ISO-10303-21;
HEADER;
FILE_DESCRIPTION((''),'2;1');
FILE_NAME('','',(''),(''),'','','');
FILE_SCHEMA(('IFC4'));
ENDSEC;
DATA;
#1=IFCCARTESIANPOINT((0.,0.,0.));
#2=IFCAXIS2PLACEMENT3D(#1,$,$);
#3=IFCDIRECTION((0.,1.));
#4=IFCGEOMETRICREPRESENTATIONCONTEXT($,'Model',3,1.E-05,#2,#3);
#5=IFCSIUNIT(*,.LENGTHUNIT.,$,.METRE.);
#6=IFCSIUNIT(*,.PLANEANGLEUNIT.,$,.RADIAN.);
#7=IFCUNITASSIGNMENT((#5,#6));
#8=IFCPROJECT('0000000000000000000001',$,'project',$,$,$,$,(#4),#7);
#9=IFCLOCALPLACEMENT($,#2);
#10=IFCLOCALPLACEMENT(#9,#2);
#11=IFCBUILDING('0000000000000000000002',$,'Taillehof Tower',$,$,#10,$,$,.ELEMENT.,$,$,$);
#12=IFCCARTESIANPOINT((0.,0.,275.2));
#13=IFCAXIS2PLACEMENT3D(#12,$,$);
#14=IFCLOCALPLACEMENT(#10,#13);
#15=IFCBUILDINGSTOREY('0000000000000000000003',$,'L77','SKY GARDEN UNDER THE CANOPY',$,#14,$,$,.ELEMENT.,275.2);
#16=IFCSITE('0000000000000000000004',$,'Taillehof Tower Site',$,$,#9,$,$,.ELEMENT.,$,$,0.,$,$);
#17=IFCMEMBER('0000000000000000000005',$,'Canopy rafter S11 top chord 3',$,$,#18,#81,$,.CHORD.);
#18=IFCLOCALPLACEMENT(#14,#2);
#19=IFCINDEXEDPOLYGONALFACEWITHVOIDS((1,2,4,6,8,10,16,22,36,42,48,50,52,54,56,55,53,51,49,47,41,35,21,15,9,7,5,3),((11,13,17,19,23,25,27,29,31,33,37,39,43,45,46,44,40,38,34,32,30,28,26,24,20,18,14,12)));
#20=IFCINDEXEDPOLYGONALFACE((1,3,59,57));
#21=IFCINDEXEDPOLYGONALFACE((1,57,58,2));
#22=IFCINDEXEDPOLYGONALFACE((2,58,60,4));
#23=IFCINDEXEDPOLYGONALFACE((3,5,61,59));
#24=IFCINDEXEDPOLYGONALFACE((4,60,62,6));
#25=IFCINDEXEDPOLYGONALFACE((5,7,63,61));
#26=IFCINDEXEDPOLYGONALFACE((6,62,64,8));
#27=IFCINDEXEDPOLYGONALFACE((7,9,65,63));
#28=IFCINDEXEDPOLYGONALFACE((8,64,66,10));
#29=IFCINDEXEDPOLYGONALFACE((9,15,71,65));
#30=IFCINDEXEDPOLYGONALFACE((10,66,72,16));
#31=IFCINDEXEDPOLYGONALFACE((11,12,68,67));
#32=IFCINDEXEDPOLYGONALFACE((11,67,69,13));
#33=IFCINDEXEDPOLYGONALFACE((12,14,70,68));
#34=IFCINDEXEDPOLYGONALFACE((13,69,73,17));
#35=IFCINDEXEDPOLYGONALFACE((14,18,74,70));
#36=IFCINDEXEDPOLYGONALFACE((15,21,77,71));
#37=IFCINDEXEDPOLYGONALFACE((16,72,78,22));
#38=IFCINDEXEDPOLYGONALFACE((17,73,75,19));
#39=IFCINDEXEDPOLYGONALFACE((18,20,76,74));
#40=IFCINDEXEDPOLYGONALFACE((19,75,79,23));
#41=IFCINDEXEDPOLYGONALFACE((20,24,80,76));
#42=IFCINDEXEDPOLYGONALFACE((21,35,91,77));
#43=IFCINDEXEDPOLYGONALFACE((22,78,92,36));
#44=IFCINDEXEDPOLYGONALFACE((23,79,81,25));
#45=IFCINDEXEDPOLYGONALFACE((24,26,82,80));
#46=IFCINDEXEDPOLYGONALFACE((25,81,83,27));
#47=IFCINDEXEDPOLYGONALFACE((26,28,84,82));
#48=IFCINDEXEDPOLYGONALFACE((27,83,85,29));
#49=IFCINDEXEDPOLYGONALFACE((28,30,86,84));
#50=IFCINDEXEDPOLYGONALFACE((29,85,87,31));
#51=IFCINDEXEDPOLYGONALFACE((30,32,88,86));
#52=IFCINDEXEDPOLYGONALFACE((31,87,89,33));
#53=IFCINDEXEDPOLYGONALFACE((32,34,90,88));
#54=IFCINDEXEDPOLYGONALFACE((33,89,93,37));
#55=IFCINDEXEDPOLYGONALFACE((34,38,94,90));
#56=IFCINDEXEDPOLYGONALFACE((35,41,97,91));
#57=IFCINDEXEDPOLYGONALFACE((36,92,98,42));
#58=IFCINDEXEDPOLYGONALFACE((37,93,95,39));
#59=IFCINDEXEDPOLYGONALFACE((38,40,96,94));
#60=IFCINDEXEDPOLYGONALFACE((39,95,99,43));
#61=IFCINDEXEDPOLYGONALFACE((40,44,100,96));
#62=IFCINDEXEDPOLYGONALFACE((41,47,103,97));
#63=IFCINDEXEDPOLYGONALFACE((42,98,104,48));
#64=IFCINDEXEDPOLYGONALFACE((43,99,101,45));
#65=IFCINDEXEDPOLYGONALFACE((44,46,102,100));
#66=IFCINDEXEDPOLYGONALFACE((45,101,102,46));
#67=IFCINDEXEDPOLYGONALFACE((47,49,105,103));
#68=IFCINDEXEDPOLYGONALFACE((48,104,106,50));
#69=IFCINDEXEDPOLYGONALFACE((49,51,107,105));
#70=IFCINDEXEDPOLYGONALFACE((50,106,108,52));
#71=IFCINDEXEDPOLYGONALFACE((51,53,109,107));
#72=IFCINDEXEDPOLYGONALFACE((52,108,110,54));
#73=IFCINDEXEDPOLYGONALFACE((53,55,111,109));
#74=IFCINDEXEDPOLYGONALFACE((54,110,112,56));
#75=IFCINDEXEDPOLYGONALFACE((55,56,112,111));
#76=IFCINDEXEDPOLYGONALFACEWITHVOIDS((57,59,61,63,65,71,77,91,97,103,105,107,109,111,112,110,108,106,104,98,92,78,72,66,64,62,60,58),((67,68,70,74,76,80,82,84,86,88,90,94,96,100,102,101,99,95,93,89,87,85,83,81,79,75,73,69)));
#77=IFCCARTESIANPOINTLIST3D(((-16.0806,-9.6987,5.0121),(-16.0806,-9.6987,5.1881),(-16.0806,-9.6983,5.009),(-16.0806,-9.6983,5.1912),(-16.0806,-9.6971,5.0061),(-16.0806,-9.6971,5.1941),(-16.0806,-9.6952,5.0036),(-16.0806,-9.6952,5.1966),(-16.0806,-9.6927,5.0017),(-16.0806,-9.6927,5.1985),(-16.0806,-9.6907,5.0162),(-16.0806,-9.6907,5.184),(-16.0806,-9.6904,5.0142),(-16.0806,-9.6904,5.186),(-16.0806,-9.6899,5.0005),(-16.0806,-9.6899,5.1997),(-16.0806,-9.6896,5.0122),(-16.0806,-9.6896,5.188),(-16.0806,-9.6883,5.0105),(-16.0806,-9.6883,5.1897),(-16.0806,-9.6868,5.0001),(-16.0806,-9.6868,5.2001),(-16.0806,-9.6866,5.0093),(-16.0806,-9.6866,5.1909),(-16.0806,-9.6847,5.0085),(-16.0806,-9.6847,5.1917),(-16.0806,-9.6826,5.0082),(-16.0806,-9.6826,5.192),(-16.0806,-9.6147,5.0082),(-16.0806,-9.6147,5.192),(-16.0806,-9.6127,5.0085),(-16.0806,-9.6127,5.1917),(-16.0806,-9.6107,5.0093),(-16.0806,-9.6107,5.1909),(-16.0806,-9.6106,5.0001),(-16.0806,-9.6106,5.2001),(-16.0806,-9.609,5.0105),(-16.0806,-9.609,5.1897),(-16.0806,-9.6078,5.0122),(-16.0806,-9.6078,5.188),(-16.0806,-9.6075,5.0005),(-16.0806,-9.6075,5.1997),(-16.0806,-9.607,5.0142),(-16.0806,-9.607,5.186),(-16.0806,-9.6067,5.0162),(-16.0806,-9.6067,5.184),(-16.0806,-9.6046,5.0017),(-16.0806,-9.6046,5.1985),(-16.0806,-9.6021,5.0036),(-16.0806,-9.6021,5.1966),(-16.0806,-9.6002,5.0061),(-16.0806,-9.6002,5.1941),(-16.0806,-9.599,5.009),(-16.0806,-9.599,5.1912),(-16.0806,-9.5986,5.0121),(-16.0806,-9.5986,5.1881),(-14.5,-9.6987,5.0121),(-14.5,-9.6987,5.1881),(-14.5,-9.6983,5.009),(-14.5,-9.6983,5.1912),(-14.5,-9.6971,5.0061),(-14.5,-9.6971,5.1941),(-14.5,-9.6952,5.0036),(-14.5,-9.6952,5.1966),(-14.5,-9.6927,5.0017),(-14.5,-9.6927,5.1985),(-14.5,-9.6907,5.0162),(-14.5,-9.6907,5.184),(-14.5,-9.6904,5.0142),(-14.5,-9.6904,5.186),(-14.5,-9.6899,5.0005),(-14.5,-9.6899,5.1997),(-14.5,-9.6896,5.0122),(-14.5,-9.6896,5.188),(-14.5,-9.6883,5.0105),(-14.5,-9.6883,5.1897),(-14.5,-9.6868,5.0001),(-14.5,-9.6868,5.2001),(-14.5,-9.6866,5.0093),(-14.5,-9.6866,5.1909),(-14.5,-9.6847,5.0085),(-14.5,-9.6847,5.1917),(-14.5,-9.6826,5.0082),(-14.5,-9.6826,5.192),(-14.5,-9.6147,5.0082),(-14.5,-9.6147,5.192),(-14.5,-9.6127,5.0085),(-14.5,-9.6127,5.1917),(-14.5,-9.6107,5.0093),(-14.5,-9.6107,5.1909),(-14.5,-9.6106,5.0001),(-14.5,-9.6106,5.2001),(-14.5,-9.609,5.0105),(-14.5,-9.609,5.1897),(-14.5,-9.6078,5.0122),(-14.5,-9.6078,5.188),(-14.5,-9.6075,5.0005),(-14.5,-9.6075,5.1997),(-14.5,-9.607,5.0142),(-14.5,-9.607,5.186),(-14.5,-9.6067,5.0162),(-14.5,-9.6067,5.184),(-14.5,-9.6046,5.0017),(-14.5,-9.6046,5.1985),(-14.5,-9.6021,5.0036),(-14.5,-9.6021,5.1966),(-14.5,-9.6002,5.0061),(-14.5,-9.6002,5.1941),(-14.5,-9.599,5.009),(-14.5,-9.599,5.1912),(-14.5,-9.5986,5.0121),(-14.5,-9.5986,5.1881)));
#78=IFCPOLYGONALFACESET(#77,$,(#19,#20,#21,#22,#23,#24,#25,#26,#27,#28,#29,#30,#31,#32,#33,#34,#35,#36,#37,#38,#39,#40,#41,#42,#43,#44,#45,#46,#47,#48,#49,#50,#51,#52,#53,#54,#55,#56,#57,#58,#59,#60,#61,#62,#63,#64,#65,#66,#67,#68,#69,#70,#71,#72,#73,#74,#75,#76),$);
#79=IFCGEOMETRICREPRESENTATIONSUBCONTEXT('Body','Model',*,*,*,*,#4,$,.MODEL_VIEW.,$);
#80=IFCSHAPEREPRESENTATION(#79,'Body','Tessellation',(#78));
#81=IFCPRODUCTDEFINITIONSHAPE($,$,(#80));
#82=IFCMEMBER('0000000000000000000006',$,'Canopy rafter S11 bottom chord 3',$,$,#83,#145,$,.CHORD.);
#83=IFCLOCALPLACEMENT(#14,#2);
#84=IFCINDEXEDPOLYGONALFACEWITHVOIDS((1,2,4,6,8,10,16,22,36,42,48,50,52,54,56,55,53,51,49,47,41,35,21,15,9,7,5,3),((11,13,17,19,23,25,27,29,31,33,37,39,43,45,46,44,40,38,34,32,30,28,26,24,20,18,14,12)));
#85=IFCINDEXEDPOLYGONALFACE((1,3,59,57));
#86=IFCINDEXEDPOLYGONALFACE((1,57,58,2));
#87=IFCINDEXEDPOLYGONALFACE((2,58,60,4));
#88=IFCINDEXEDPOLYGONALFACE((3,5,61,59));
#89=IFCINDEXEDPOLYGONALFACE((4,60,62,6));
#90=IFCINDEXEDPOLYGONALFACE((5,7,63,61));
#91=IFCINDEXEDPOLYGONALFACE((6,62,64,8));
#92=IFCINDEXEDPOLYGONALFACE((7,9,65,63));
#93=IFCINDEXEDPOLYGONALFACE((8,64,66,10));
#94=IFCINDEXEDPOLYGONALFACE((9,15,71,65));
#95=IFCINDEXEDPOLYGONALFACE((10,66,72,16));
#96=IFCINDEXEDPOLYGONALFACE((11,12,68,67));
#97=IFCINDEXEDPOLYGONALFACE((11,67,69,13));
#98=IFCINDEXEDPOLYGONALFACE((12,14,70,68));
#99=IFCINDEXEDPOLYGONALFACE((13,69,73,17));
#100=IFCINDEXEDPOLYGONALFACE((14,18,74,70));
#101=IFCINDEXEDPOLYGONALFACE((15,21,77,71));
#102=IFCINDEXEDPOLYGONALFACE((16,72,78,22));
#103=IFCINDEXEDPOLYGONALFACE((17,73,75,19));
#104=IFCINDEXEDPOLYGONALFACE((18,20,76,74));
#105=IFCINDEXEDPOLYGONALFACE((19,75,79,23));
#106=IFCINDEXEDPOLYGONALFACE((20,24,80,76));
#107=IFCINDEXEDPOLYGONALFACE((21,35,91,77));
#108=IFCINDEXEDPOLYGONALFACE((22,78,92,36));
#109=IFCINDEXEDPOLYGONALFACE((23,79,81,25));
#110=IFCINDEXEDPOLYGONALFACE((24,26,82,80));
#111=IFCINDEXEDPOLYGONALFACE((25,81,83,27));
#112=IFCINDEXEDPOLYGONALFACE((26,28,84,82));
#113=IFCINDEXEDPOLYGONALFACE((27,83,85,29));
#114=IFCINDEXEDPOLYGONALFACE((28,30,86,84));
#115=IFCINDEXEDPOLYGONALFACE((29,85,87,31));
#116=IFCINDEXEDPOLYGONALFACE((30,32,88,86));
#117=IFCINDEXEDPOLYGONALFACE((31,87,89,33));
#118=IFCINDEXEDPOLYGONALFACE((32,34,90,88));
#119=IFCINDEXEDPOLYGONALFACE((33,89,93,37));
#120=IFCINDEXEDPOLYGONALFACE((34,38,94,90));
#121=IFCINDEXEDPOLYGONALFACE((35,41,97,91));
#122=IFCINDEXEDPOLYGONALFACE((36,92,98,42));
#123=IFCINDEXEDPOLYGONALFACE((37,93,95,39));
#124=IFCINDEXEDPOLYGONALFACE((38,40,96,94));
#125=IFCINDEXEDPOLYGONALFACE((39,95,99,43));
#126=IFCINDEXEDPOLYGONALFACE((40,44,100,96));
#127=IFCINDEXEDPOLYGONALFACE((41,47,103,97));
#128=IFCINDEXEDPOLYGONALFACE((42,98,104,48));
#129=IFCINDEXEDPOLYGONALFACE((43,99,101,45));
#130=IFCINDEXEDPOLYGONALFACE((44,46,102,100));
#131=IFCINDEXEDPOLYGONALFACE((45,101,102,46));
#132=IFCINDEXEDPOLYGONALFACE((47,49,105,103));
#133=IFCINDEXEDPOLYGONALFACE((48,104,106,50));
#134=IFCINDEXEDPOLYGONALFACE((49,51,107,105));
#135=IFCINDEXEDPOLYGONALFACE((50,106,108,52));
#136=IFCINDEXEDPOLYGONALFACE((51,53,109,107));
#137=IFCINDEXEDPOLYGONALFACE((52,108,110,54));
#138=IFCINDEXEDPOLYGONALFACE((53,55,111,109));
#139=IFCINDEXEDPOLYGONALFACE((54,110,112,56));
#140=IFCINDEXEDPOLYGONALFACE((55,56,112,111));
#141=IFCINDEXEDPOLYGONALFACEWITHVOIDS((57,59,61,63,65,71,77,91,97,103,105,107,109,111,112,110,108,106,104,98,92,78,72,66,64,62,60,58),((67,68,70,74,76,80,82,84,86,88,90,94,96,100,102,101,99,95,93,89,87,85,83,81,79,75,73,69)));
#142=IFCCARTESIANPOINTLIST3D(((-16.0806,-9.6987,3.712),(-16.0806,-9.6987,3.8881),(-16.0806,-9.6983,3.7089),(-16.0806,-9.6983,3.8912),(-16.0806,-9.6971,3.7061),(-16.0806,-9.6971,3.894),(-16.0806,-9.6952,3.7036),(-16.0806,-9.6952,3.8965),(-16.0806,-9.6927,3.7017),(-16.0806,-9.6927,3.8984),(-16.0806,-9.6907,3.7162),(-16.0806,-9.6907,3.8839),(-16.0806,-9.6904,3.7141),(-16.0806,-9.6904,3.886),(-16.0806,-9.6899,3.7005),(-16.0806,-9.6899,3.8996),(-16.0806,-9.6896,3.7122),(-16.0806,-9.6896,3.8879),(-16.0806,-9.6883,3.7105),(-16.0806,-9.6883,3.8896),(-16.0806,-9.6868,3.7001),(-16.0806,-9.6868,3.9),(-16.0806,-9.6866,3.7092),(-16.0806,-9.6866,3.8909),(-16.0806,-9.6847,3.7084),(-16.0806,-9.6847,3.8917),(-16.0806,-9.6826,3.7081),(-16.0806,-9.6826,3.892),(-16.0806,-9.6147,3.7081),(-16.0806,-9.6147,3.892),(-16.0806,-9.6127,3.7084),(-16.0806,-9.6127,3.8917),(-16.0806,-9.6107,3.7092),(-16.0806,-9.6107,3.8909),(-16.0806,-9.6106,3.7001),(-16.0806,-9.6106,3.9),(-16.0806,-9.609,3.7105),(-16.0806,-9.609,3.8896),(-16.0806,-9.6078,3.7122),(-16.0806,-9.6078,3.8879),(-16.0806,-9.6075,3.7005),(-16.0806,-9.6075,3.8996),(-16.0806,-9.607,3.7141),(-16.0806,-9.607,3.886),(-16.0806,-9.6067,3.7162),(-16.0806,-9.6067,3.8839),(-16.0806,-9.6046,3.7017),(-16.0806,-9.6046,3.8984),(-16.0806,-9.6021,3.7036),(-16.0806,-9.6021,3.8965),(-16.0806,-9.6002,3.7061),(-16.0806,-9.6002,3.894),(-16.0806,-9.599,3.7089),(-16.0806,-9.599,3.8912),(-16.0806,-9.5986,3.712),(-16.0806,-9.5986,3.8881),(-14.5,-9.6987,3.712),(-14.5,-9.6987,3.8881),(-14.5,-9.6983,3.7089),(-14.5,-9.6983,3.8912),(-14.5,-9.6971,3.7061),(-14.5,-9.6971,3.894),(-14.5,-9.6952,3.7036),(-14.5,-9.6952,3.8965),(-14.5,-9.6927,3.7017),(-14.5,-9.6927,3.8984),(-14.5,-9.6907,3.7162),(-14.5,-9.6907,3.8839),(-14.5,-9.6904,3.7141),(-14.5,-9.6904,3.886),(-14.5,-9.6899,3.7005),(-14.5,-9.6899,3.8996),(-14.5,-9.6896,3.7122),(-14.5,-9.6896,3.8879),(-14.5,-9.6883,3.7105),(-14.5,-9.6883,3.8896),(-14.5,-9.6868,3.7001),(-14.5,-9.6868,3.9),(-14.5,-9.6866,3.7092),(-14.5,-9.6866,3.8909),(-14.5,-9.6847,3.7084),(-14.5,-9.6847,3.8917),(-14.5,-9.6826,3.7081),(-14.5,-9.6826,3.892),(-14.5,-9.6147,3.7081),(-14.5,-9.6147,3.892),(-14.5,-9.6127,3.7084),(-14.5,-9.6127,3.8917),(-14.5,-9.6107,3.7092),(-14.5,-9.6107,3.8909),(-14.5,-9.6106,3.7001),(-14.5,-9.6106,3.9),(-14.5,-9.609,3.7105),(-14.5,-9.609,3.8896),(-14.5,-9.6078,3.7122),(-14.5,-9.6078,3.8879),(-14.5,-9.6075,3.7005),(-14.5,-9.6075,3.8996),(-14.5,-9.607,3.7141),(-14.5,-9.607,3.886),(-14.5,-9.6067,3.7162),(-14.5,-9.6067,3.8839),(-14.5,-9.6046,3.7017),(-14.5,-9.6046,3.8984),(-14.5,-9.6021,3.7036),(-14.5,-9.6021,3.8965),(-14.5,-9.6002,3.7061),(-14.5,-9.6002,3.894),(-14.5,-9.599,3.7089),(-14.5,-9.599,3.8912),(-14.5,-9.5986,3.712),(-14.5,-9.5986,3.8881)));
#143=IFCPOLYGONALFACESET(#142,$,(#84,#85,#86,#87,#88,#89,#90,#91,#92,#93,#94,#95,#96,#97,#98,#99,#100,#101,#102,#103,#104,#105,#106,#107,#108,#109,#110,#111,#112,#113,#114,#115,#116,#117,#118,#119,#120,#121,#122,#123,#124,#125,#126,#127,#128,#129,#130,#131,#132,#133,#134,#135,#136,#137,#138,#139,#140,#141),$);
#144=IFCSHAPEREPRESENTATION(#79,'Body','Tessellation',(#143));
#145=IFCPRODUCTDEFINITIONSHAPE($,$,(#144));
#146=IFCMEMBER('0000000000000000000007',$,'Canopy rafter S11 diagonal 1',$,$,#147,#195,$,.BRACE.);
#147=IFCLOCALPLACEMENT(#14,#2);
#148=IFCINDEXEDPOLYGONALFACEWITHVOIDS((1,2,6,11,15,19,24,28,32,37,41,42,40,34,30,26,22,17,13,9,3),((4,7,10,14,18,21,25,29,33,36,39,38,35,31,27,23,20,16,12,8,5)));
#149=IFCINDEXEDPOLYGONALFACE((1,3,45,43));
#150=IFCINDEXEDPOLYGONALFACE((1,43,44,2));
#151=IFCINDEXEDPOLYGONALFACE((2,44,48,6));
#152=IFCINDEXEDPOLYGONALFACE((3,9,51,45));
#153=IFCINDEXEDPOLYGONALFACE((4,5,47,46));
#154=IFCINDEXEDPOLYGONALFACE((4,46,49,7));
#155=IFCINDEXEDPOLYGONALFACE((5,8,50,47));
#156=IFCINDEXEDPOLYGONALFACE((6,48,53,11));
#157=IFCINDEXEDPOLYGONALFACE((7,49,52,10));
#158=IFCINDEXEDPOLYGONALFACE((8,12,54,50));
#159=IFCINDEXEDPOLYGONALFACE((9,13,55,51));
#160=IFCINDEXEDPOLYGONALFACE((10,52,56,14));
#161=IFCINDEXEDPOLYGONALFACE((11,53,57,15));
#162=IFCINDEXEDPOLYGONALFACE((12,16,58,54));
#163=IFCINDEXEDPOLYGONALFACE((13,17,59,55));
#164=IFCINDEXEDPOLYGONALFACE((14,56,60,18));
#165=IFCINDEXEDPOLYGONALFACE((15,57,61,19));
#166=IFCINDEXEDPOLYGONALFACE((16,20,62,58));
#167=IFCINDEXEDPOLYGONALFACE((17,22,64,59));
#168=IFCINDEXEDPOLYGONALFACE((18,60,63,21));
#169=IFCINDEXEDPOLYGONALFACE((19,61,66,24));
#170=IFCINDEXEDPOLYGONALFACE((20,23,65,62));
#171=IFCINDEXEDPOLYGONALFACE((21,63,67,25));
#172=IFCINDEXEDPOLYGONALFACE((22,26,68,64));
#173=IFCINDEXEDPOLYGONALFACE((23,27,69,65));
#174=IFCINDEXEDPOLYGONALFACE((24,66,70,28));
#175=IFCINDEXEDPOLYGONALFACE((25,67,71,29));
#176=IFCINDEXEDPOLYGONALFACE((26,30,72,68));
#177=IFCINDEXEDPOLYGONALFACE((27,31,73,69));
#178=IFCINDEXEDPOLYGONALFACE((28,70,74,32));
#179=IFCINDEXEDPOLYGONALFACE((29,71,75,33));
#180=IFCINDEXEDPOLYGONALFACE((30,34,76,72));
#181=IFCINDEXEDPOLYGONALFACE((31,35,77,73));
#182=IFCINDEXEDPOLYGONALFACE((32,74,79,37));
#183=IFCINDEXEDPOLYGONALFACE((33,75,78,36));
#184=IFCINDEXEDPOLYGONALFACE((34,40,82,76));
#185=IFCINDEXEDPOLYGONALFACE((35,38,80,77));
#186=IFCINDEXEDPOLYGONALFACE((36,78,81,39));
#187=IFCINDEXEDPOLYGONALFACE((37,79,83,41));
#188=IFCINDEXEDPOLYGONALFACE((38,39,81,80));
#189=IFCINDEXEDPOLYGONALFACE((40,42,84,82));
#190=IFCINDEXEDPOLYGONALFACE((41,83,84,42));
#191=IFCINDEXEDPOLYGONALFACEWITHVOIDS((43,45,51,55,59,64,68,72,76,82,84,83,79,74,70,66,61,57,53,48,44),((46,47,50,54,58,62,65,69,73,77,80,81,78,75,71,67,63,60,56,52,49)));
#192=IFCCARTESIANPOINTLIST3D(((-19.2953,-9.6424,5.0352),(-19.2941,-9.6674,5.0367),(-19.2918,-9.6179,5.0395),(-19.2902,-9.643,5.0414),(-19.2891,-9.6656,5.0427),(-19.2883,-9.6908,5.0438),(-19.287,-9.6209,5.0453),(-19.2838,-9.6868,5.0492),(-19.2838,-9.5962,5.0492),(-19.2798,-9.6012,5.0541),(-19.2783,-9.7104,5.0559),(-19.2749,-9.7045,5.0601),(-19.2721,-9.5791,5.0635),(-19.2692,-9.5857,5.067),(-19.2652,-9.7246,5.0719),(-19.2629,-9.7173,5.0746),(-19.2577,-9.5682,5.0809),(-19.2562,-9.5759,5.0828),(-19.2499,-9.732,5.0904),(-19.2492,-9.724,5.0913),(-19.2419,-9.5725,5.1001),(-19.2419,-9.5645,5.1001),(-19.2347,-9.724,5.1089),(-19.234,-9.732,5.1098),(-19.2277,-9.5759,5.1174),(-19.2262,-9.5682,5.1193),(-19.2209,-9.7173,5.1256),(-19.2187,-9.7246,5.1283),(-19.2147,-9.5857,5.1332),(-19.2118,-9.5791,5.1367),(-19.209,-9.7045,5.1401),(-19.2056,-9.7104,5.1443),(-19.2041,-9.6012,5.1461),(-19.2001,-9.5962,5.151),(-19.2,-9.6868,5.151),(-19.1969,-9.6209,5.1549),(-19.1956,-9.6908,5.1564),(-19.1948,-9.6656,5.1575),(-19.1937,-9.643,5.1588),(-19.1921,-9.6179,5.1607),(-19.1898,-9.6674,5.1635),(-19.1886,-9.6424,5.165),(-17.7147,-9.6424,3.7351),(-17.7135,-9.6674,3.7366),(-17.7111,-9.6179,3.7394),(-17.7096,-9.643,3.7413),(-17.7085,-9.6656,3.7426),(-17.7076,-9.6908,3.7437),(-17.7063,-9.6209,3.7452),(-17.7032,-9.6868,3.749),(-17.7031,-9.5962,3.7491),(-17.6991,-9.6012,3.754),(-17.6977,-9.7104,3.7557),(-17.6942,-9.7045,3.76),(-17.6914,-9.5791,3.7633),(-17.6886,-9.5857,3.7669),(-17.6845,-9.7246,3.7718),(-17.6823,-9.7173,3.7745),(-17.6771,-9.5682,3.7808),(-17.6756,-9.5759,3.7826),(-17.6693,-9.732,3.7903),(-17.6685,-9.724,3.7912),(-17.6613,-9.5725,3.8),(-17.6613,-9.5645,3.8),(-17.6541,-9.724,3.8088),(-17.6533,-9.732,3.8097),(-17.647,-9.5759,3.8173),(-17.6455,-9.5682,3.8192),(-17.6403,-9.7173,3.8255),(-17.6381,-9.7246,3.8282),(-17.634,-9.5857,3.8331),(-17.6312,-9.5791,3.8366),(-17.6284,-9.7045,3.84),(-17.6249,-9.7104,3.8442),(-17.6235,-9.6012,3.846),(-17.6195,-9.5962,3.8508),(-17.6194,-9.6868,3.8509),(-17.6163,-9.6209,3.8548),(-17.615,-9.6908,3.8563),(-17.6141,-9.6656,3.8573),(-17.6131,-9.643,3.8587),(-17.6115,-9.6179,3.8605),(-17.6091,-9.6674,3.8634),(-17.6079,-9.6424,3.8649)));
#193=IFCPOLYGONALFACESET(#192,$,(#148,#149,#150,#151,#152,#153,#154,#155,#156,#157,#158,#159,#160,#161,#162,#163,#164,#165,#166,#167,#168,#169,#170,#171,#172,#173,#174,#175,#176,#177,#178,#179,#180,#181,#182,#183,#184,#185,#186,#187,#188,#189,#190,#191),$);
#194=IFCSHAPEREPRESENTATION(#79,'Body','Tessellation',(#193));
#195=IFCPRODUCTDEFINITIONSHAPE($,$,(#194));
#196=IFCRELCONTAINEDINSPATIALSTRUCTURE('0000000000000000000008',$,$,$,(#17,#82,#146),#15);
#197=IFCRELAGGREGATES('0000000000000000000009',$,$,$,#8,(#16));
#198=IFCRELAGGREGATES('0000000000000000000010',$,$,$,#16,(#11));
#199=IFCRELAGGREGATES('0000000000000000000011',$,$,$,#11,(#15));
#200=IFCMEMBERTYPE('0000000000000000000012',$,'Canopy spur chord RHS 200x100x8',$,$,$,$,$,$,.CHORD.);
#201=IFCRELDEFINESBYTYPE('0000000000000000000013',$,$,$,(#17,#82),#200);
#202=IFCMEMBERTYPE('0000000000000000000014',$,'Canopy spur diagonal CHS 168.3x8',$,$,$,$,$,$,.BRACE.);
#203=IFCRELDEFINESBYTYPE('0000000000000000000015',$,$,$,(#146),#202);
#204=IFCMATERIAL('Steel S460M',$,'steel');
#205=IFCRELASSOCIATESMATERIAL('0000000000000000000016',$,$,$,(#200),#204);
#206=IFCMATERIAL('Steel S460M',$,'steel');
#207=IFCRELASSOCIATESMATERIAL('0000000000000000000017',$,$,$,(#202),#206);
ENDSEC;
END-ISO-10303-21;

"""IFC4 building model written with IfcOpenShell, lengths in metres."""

from ifc_helpers import new_model, si_unit, direction, frame, origin, origin_2d, place, context, subcontext, project, spatial, hollow_rectangle, hollow_circle, extrude, material, material_profile, profile_set, type_object, element, save


model = new_model("IFC4")

# Units and contexts
model_context = context("Model", 3, precision=1e-05, world=origin(), true_north=direction((0.0, 1.0)))
body_context = subcontext(model_context, "Body", "Model", "MODEL_VIEW")
ifc_project = project(units=[si_unit("LENGTHUNIT", "METRE"), si_unit("PLANEANGLEUNIT", "RADIAN")], contexts=[model_context])

# Site, building, storey
site_placement = place(None, origin())
site = spatial("IfcSite", under=ifc_project, at=site_placement, Name="Taillehof Tower Site", CompositionType="ELEMENT", RefElevation=0.0)
building_placement = place(site_placement, origin())
building = spatial("IfcBuilding", under=site, at=building_placement, Name="Taillehof Tower", CompositionType="ELEMENT")
storey_placement = place(building_placement, frame((0.0, 0.0, 275.2)))
storey = spatial("IfcBuildingStorey", under=building, at=storey_placement, Name="L77", Description="SKY GARDEN UNDER THE CANOPY", CompositionType="ELEMENT", Elevation=275.2)

# Members
ifc_material_1 = material(Name="Steel S460M", Category="steel")
ifc_material_profile_1 = material_profile(ifc_material_1, hollow_rectangle(XDim=0.1001, YDim=0.2, WallThickness=0.0081, InnerFilletRadius=0.0081, OuterFilletRadius=0.012, at=origin_2d()), Name="RHS 200x100x8")
ifc_profile_set_1 = profile_set([ifc_material_profile_1], Name="Steel S460M")
member_type_1 = type_object("IfcMemberType", Name="Canopy spur chord RHS 200x100x8", PredefinedType="CHORD", material=ifc_profile_set_1)
for number, where, z_axis, x_axis, name in (
    (1, (-16.0806, -9.6487, 5.1001), (1.0, 0.0, 0.0), (0.0, 1.0, 0.0), "Canopy rafter S11 top chord 3"),
    (2, (-16.0806, -9.6487, 3.8), (1.0, 0.0, 0.0), (0.0, 1.0, 0.0), "Canopy rafter S11 bottom chord 3"),
):
    element("IfcMember", number, at=place(storey_placement, frame(where, z_axis=z_axis, x_axis=x_axis)), inside=storey, type_object=member_type_1, Name=name, PredefinedType="CHORD", context=body_context, shape_type="SweptSolid", body=[
        extrude(hollow_rectangle(XDim=0.1001, YDim=0.2, WallThickness=0.0081, InnerFilletRadius=0.0081, OuterFilletRadius=0.012, at=origin_2d()), origin(), (0.0, 0.0, 1.0), 1.5806),
    ])
ifc_material_2 = material(Name="Steel S460M", Category="steel")
ifc_material_profile_2 = material_profile(ifc_material_2, hollow_circle(Radius=0.0842, WallThickness=0.0081, at=origin_2d()), Name="CHS 168.3x8")
ifc_profile_set_2 = profile_set([ifc_material_profile_2], Name="Steel S460M")
member_type_2 = type_object("IfcMemberType", Name="Canopy spur diagonal CHS 168.3x8", PredefinedType="BRACE", material=ifc_profile_set_2)
for number, where, z_axis, x_axis, name in (
    (3, (-19.2419, -9.6487, 5.1001), (0.772312, 0.0, -0.635243), (0.0, 1.0, 0.0), "Canopy rafter S11 diagonal 1"),
):
    element("IfcMember", number, at=place(storey_placement, frame(where, z_axis=z_axis, x_axis=x_axis)), inside=storey, type_object=member_type_2, Name=name, PredefinedType="BRACE", context=body_context, shape_type="SweptSolid", body=[
        extrude(hollow_circle(Radius=0.0842, WallThickness=0.0081, at=origin_2d()), origin(), (0.0, 0.0, 1.0), 2.0466),
    ])

save(model, "model.ifc")
